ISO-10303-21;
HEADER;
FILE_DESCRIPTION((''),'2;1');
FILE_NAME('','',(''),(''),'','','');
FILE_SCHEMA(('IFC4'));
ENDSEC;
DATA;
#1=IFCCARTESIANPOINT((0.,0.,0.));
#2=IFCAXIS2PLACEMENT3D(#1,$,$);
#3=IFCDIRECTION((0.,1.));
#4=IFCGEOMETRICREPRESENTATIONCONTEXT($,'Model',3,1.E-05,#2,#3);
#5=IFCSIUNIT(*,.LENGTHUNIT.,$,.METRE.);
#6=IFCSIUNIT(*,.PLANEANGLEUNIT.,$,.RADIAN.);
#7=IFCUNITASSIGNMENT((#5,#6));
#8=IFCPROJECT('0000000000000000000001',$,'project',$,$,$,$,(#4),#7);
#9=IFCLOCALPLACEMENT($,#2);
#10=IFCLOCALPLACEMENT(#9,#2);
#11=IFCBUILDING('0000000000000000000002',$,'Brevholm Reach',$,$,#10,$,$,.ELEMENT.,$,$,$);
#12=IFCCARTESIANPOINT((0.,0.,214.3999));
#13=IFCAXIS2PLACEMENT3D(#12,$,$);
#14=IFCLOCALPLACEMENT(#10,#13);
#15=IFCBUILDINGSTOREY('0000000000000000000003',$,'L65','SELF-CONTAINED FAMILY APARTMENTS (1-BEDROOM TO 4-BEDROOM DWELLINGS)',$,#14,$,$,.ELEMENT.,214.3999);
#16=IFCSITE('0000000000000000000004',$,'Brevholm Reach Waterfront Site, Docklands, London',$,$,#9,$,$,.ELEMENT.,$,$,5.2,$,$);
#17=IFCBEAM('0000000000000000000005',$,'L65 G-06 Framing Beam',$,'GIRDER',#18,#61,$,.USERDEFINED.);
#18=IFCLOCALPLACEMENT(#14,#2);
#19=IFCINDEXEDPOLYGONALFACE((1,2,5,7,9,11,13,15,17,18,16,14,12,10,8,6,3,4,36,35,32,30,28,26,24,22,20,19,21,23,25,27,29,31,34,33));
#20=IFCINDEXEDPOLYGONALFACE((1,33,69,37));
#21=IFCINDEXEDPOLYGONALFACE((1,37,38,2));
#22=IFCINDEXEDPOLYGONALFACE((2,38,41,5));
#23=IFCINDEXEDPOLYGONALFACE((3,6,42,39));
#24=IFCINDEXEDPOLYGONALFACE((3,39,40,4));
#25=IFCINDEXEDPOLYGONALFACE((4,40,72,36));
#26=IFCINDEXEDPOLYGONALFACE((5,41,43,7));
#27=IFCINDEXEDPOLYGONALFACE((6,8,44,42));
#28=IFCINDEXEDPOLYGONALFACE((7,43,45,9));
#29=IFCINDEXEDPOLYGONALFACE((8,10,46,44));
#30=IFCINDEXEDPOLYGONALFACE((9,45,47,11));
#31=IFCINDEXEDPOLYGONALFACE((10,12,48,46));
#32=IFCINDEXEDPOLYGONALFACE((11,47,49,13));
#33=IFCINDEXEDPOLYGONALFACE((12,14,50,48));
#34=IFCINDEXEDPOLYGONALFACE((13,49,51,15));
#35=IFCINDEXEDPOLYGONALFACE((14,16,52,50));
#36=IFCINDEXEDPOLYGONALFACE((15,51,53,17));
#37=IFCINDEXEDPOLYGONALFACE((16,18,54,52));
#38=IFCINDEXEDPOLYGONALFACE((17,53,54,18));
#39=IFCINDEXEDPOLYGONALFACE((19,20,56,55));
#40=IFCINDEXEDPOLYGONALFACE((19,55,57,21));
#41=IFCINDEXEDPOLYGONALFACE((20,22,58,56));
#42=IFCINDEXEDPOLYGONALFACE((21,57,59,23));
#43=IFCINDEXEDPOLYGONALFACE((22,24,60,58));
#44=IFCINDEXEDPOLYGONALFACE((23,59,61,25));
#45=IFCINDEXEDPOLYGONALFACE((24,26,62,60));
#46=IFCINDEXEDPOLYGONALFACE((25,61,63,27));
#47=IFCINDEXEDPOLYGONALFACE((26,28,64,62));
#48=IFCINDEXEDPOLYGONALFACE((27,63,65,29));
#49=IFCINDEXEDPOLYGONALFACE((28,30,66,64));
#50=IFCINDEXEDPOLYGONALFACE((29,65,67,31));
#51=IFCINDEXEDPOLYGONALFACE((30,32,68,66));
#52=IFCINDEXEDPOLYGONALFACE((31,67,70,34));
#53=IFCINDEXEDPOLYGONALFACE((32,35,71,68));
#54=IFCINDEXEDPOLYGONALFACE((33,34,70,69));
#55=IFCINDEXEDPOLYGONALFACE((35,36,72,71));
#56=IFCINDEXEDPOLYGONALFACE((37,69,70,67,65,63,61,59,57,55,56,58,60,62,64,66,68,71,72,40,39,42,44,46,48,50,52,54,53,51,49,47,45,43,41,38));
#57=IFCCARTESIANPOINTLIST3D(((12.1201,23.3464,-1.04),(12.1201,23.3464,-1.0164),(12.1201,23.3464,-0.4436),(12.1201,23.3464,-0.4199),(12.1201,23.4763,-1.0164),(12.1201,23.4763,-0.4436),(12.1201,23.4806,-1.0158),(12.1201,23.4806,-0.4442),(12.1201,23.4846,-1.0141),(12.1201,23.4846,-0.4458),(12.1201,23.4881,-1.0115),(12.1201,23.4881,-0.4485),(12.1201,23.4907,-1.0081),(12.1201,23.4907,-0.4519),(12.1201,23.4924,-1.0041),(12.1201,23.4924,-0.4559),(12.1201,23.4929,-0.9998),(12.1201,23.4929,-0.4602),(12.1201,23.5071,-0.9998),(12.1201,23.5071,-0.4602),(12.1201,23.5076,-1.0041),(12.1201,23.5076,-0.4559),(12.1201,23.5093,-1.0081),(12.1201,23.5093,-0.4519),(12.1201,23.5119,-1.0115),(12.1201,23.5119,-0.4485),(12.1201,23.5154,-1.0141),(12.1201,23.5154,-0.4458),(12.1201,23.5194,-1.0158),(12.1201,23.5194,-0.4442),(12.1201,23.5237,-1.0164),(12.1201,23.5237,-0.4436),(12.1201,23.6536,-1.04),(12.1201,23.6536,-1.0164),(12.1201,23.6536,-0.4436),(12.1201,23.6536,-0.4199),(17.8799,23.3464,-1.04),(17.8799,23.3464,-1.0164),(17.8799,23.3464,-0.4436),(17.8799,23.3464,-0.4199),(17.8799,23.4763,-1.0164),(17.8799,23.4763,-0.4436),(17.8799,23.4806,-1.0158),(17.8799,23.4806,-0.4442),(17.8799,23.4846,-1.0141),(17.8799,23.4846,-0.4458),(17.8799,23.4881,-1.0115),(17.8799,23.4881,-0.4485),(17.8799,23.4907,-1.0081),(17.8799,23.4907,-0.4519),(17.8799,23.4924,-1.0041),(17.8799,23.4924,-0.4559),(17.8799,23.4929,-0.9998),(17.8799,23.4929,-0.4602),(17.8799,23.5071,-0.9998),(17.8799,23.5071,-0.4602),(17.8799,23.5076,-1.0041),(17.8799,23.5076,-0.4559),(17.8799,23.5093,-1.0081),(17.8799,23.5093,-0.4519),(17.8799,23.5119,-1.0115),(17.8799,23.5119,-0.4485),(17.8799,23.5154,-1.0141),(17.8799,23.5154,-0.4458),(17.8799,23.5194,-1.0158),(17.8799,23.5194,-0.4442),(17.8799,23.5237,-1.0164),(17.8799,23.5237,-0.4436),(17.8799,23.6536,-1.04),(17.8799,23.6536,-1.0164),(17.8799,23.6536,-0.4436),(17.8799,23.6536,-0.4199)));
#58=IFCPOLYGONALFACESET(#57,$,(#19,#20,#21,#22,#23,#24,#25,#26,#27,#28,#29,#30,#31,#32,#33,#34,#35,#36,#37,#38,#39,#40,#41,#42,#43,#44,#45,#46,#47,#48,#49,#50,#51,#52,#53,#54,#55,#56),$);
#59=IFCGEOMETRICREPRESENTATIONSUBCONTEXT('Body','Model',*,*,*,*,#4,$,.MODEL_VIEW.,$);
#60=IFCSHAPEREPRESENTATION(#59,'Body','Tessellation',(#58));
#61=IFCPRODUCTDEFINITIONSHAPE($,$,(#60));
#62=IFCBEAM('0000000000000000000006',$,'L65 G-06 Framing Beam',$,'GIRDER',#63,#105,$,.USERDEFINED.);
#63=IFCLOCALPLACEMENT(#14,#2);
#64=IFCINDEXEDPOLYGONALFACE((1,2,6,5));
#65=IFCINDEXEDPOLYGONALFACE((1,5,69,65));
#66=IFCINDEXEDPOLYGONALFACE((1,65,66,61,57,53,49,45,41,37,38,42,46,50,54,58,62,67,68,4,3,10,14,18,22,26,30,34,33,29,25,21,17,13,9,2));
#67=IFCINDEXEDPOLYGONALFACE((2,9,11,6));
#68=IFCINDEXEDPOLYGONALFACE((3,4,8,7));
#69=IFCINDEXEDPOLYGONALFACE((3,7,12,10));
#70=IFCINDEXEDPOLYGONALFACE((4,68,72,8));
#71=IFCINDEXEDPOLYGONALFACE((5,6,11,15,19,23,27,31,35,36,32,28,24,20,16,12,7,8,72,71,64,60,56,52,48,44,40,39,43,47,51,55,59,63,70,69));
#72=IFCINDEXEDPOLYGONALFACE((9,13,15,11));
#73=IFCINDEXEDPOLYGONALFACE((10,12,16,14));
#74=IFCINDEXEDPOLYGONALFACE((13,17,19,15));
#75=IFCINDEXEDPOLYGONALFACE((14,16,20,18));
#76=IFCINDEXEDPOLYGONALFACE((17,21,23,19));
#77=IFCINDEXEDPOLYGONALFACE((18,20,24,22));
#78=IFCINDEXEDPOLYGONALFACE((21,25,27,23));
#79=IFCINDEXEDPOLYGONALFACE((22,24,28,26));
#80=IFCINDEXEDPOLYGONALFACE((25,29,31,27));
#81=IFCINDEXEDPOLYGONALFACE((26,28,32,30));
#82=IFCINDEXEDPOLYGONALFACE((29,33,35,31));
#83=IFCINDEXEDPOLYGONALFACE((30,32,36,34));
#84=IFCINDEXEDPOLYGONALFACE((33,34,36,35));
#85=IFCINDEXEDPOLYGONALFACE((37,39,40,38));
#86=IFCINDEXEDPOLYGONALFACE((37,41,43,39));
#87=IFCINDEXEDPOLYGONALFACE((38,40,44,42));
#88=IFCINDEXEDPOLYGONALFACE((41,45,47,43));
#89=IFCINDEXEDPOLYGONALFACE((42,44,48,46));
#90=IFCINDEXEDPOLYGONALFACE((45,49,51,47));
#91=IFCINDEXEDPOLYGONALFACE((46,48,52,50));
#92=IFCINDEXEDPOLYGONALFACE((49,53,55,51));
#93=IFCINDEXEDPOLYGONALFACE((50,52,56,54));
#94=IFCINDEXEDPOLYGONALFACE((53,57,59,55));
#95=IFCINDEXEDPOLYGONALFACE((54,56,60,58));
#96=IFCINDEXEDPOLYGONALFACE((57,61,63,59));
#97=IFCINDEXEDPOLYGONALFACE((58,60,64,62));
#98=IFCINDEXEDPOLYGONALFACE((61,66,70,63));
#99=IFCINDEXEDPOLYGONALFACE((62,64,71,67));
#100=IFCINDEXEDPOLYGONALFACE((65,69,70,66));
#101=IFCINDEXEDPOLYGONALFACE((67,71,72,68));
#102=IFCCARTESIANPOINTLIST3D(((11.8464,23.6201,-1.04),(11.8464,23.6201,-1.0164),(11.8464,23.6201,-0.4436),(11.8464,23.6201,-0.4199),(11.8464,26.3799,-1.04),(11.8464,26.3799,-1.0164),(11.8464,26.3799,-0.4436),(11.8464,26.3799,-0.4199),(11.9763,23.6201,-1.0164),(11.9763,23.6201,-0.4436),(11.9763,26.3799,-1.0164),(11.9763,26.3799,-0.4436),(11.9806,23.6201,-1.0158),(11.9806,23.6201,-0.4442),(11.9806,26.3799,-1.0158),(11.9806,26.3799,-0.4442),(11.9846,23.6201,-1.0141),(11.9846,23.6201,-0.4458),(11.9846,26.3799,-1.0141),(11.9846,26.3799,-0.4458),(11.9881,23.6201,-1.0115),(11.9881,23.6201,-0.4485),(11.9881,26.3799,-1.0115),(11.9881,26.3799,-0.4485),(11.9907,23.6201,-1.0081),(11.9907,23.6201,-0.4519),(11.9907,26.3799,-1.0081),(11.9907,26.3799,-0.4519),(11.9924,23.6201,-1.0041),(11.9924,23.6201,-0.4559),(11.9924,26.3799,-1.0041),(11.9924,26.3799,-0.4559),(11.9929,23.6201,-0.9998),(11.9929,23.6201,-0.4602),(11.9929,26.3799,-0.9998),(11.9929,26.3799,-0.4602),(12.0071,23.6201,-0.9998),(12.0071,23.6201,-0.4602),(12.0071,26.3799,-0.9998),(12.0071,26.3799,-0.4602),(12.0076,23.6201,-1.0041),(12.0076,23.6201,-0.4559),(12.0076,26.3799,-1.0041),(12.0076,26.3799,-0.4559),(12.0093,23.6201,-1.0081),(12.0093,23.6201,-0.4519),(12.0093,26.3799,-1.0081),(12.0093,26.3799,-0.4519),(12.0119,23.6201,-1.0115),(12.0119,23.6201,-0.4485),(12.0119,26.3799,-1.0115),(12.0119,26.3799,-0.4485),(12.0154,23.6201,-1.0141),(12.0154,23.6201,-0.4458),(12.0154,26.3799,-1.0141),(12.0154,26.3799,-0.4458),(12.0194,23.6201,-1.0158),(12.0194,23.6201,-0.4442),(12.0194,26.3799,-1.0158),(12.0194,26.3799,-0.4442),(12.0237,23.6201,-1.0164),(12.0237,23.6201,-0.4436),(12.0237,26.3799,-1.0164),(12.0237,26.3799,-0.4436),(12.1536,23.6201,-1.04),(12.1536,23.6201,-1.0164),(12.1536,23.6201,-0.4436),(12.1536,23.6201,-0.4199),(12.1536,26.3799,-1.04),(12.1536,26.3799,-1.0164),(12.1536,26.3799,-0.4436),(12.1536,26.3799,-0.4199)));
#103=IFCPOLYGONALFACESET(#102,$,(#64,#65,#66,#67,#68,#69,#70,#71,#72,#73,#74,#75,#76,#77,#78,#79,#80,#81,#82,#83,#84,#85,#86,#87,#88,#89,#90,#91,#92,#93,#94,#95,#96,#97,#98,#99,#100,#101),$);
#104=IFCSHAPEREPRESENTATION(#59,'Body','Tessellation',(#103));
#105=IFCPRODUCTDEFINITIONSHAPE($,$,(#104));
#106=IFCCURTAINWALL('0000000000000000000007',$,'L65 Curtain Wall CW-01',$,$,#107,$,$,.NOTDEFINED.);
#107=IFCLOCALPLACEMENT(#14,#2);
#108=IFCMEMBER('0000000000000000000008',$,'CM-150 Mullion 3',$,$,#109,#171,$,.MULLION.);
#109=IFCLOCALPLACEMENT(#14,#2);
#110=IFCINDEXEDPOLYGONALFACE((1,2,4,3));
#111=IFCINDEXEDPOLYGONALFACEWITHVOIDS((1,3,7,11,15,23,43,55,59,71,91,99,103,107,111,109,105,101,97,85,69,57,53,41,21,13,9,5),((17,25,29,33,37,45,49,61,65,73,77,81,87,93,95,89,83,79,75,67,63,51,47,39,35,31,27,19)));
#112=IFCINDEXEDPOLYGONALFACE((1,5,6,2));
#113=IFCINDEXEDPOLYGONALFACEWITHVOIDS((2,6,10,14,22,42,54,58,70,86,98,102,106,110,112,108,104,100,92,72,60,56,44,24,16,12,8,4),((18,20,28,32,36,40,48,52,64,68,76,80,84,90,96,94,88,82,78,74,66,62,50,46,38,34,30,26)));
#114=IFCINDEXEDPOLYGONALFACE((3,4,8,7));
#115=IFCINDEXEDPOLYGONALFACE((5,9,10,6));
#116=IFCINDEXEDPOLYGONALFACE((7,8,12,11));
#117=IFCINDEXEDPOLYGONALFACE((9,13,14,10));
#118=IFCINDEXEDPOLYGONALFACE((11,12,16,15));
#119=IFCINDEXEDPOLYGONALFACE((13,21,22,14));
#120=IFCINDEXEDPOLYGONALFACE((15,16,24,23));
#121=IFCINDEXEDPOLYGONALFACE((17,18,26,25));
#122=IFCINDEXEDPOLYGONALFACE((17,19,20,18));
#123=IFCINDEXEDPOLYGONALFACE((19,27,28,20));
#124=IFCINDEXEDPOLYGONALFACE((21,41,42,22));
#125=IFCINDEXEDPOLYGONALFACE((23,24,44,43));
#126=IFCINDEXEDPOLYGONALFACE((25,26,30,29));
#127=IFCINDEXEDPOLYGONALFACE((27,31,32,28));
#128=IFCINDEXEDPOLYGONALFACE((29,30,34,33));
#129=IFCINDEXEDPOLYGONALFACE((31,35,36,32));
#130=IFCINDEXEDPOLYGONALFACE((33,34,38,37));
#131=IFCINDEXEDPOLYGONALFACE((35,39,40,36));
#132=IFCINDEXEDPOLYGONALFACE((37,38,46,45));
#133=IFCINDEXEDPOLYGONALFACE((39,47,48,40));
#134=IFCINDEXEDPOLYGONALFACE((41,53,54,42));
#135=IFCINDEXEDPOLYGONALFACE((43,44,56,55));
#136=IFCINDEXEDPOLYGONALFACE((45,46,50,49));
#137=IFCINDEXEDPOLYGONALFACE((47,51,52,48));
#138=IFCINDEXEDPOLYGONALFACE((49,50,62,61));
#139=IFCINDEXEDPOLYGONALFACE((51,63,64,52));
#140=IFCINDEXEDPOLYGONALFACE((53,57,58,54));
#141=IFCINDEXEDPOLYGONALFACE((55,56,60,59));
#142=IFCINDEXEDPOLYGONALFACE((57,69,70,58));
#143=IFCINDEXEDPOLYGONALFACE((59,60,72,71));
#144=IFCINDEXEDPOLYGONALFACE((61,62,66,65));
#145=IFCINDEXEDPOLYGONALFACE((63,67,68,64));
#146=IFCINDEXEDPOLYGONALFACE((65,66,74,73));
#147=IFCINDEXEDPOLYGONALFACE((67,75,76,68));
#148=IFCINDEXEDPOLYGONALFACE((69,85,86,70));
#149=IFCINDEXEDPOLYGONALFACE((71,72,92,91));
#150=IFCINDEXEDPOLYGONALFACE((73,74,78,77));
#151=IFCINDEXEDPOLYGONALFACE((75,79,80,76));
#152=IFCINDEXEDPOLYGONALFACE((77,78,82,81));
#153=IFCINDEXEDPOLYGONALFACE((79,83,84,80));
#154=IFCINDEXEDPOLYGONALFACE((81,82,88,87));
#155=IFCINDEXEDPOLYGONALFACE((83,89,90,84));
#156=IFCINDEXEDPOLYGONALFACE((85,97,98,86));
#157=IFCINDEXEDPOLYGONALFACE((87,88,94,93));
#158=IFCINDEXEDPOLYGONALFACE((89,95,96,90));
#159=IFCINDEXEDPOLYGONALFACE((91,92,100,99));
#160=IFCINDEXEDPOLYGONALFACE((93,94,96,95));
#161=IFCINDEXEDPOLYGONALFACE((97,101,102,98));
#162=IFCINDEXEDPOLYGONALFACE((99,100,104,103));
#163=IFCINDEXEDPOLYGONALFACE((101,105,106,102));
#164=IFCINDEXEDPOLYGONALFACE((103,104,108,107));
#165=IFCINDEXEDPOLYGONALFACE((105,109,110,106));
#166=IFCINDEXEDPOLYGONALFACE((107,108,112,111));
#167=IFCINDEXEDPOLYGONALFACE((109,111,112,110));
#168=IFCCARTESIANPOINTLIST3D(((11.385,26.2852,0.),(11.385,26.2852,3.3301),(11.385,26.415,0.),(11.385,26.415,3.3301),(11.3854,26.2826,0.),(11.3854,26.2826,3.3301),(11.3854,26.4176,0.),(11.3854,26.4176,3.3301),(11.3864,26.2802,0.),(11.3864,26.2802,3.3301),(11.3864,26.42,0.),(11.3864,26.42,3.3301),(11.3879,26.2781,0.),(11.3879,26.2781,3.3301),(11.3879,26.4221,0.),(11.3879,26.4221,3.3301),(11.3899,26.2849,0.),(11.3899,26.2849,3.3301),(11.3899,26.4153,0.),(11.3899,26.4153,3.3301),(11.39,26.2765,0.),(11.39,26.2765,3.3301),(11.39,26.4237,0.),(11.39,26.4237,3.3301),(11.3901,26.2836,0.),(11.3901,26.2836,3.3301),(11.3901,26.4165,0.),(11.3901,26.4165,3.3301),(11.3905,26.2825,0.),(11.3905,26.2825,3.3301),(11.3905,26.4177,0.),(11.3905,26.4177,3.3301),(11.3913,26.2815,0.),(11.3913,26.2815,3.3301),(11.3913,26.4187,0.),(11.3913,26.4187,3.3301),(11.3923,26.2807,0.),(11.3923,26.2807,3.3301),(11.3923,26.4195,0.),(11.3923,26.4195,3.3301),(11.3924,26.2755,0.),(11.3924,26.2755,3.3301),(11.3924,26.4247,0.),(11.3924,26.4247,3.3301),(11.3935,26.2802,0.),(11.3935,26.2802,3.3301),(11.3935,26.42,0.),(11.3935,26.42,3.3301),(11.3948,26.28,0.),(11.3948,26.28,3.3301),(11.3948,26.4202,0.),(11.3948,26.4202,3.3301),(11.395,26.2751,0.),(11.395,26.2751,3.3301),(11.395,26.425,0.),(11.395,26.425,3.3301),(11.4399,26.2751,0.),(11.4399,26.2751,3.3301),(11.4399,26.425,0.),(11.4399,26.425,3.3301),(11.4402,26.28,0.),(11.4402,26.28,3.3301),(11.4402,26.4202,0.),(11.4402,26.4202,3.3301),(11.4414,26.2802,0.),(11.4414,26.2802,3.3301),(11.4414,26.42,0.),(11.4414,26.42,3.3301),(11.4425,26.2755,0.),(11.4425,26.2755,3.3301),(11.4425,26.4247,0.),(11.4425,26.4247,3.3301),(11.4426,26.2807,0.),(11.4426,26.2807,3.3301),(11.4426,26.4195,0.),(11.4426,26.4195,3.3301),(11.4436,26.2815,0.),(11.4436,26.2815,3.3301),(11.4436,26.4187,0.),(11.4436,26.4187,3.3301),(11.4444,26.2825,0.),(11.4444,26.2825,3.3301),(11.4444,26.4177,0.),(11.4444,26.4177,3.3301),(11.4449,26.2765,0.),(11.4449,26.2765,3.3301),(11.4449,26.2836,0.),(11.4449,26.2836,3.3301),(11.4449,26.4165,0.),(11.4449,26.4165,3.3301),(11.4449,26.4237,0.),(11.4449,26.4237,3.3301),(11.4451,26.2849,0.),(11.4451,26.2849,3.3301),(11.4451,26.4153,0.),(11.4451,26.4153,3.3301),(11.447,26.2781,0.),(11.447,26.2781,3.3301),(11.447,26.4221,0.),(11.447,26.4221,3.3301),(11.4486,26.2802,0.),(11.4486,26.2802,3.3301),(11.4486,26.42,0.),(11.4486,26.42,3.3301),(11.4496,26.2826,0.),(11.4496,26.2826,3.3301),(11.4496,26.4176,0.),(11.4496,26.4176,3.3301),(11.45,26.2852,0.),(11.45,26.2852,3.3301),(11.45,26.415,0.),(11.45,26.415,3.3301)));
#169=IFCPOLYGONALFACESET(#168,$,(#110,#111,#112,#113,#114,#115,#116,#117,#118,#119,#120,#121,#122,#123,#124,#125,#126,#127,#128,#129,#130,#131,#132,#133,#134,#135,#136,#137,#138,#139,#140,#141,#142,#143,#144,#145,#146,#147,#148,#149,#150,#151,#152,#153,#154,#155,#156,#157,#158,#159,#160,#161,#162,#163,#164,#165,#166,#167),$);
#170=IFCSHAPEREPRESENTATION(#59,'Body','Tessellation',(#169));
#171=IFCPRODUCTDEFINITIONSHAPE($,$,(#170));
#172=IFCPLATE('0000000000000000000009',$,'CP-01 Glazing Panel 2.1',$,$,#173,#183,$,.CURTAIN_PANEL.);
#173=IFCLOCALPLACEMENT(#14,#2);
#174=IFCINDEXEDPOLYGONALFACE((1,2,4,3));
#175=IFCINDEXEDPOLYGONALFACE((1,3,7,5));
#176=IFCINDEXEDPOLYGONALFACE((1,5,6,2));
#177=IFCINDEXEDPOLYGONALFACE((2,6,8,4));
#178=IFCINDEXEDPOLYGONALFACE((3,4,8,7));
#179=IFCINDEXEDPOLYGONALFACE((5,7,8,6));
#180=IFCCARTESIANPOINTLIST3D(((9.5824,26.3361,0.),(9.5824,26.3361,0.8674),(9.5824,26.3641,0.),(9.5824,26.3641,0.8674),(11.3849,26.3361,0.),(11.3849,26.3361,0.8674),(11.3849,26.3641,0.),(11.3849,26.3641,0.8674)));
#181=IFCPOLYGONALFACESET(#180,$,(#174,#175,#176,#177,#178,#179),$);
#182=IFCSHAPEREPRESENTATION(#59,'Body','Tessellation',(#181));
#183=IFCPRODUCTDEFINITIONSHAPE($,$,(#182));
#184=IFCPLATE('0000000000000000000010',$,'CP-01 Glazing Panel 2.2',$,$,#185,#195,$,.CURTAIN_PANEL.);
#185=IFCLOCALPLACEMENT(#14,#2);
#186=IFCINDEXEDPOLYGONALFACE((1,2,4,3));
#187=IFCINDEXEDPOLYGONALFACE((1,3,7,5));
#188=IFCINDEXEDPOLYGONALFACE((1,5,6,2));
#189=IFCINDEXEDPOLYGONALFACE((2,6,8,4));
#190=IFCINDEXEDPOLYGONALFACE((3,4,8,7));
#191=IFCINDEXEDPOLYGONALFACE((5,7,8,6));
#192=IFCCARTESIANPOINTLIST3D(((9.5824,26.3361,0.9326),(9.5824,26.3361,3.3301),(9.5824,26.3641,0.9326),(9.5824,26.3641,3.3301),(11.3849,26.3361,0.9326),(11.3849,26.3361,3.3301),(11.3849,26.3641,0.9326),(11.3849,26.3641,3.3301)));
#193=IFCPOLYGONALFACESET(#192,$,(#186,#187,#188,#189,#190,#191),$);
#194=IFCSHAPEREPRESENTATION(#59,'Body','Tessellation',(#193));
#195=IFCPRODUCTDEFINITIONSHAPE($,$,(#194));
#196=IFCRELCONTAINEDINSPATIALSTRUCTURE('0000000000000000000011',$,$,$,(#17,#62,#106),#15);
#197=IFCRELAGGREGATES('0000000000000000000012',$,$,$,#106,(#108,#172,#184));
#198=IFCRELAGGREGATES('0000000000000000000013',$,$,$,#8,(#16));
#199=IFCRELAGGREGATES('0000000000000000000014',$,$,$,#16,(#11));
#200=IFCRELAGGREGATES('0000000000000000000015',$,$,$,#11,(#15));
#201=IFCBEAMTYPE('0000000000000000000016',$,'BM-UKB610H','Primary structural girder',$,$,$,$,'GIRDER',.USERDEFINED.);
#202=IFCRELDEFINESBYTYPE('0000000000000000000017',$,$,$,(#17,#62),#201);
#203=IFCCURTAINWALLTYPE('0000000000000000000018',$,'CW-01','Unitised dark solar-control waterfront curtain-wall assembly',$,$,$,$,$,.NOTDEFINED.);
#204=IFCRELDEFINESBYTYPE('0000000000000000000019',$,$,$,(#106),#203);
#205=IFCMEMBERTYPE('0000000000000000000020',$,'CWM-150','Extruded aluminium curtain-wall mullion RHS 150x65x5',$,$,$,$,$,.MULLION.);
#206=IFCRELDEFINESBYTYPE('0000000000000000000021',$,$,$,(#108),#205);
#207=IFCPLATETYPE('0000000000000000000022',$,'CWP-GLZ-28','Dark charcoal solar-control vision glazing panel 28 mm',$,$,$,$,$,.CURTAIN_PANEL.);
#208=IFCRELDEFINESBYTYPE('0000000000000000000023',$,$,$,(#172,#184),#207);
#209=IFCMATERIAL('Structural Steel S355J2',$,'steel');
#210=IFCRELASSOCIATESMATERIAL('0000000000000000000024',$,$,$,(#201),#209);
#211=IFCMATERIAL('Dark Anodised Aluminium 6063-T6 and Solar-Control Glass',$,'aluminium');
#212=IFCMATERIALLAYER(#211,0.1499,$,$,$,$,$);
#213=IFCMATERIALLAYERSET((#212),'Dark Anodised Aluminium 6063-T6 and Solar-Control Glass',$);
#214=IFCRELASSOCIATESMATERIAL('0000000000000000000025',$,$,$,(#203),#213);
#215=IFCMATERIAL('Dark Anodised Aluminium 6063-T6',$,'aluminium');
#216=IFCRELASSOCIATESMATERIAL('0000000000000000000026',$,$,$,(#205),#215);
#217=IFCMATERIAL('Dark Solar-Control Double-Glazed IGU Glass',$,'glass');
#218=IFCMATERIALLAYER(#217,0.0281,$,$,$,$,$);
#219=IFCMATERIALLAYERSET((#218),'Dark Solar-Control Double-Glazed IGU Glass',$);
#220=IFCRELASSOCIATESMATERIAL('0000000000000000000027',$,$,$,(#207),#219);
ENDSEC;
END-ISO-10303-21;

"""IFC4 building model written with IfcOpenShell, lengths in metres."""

from ifc_helpers import new_model, si_unit, direction, frame, origin, origin_2d, place, context, subcontext, project, spatial, rectangle, hollow_rectangle, i_section, extrude, material, layer, layer_set, material_profile, profile_set, type_object, element, aggregate, save


model = new_model("IFC4")

# Units and contexts
model_context = context("Model", 3, precision=1e-05, world=origin(), true_north=direction((0.0, 1.0)))
body_context = subcontext(model_context, "Body", "Model", "MODEL_VIEW")
ifc_project = project(units=[si_unit("LENGTHUNIT", "METRE"), si_unit("PLANEANGLEUNIT", "RADIAN")], contexts=[model_context])

# Site, building, storey
site_placement = place(None, origin())
site = spatial("IfcSite", under=ifc_project, at=site_placement, Name="Brevholm Reach Waterfront Site, Docklands, London", CompositionType="ELEMENT", RefElevation=5.2)
building_placement = place(site_placement, origin())
building = spatial("IfcBuilding", under=site, at=building_placement, Name="Brevholm Reach", CompositionType="ELEMENT")
storey_placement = place(building_placement, frame((0.0, 0.0, 214.3999)))
storey = spatial("IfcBuildingStorey", under=building, at=storey_placement, Name="L65", Description="SELF-CONTAINED FAMILY APARTMENTS (1-BEDROOM TO 4-BEDROOM DWELLINGS)", CompositionType="ELEMENT", Elevation=214.3999)

# Beams
ifc_material_1 = material(Name="Structural Steel S355J2", Category="steel")
ifc_material_profile_1 = material_profile(ifc_material_1, i_section(OverallWidth=0.3071, OverallDepth=0.6201, WebThickness=0.0142, FlangeThickness=0.0237, FilletRadius=0.0166, at=origin_2d()), Name="UKB 610x305x179")
ifc_profile_set_1 = profile_set([ifc_material_profile_1], Name="Structural Steel S355J2")
beam_type_1 = type_object("IfcBeamType", Name="BM-UKB610H", Description="Primary structural girder", ElementType="GIRDER", PredefinedType="USERDEFINED", material=ifc_profile_set_1)
beam_1_placement = place(storey_placement, frame((12.1201, 23.5, -0.73), z_axis=(1.0, 0.0, 0.0), x_axis=(0.0, 1.0, 0.0)))
element("IfcBeam", 1, at=beam_1_placement, inside=storey, type_object=beam_type_1, Name="L65 G-06 Framing Beam", ObjectType="GIRDER", PredefinedType="USERDEFINED", context=body_context, shape_type="SweptSolid", body=[
    extrude(i_section(OverallWidth=0.3071, OverallDepth=0.6201, WebThickness=0.0142, FlangeThickness=0.0237, FilletRadius=0.0166, at=origin_2d()), origin(), (0.0, 0.0, 1.0), 5.7598),
])
beam_2_placement = place(storey_placement, frame((12.0, 23.6201, -0.73), z_axis=(0.0, 1.0, 0.0), x_axis=(-1.0, 0.0, 0.0)))
element("IfcBeam", 2, at=beam_2_placement, inside=storey, type_object=beam_type_1, Name="L65 G-06 Framing Beam", ObjectType="GIRDER", PredefinedType="USERDEFINED", context=body_context, shape_type="SweptSolid", body=[
    extrude(i_section(OverallWidth=0.3071, OverallDepth=0.6201, WebThickness=0.0142, FlangeThickness=0.0237, FilletRadius=0.0166, at=origin_2d()), origin(), (0.0, 0.0, 1.0), 2.7598),
])

# Curtain wall, member, plates
ifc_material_2 = material(Name="Dark Anodised Aluminium 6063-T6 and Solar-Control Glass", Category="aluminium")
ifc_layer_1 = layer(ifc_material_2, 0.1499)
ifc_layer_set_1 = layer_set([ifc_layer_1], Name="Dark Anodised Aluminium 6063-T6 and Solar-Control Glass")
curtain_wall_type = type_object("IfcCurtainWallType", Name="CW-01", Description="Unitised dark solar-control waterfront curtain-wall assembly", PredefinedType="NOTDEFINED", material=ifc_layer_set_1)
curtain_wall_placement = place(storey_placement, origin())
curtain_wall = element("IfcCurtainWall", 3, at=curtain_wall_placement, inside=storey, type_object=curtain_wall_type, Name="L65 Curtain Wall CW-01", PredefinedType="NOTDEFINED")
ifc_material_3 = material(Name="Dark Anodised Aluminium 6063-T6", Category="aluminium")
ifc_material_profile_2 = material_profile(ifc_material_3, hollow_rectangle(XDim=0.0649, YDim=0.1499, WallThickness=0.0049, InnerFilletRadius=0.0049, OuterFilletRadius=0.01, at=origin_2d()), Name="RHS 150x65x5")
ifc_profile_set_2 = profile_set([ifc_material_profile_2], Name="Dark Anodised Aluminium 6063-T6")
member_type = type_object("IfcMemberType", Name="CWM-150", Description="Extruded aluminium curtain-wall mullion RHS 150x65x5", PredefinedType="MULLION", material=ifc_profile_set_2)
member_placement = place(storey_placement, frame((11.4175, 26.3501, 0.0), z_axis=(0.0, 0.0, 1.0), x_axis=(1.0, 0.0, 0.0)))
member = element("IfcMember", 4, at=member_placement, type_object=member_type, Name="CM-150 Mullion 3", PredefinedType="MULLION", context=body_context, shape_type="SweptSolid", body=[
    extrude(hollow_rectangle(XDim=0.0649, YDim=0.1499, WallThickness=0.0049, InnerFilletRadius=0.0049, OuterFilletRadius=0.01, at=origin_2d()), origin(), (0.0, 0.0, 1.0), 3.3301),
])
ifc_material_4 = material(Name="Dark Solar-Control Double-Glazed IGU Glass", Category="glass")
ifc_layer_2 = layer(ifc_material_4, 0.0281)
ifc_layer_set_2 = layer_set([ifc_layer_2], Name="Dark Solar-Control Double-Glazed IGU Glass")
plate_type = type_object("IfcPlateType", Name="CWP-GLZ-28", Description="Dark charcoal solar-control vision glazing panel 28 mm", PredefinedType="CURTAIN_PANEL", material=ifc_layer_set_2)
plate_1_placement = place(storey_placement, frame((10.4836, 26.3501, 0.0), z_axis=(0.0, 0.0, 1.0), x_axis=(1.0, 0.0, 0.0)))
plate_1 = element("IfcPlate", 5, at=plate_1_placement, type_object=plate_type, Name="CP-01 Glazing Panel 2.1", PredefinedType="CURTAIN_PANEL", context=body_context, shape_type="SweptSolid", body=[
    extrude(rectangle(XDim=1.8025, YDim=0.0281, at=origin_2d()), origin(), (0.0, 0.0, 1.0), 0.8674),
])
plate_2_placement = place(storey_placement, frame((10.4836, 26.3501, 0.9326), z_axis=(0.0, 0.0, 1.0), x_axis=(1.0, 0.0, 0.0)))
plate_2 = element("IfcPlate", 6, at=plate_2_placement, type_object=plate_type, Name="CP-01 Glazing Panel 2.2", PredefinedType="CURTAIN_PANEL", context=body_context, shape_type="SweptSolid", body=[
    extrude(rectangle(XDim=1.8025, YDim=0.0281, at=origin_2d()), origin(), (0.0, 0.0, 1.0), 2.3975),
])
aggregate(curtain_wall, [member, plate_1, plate_2])

save(model, "model.ifc")
